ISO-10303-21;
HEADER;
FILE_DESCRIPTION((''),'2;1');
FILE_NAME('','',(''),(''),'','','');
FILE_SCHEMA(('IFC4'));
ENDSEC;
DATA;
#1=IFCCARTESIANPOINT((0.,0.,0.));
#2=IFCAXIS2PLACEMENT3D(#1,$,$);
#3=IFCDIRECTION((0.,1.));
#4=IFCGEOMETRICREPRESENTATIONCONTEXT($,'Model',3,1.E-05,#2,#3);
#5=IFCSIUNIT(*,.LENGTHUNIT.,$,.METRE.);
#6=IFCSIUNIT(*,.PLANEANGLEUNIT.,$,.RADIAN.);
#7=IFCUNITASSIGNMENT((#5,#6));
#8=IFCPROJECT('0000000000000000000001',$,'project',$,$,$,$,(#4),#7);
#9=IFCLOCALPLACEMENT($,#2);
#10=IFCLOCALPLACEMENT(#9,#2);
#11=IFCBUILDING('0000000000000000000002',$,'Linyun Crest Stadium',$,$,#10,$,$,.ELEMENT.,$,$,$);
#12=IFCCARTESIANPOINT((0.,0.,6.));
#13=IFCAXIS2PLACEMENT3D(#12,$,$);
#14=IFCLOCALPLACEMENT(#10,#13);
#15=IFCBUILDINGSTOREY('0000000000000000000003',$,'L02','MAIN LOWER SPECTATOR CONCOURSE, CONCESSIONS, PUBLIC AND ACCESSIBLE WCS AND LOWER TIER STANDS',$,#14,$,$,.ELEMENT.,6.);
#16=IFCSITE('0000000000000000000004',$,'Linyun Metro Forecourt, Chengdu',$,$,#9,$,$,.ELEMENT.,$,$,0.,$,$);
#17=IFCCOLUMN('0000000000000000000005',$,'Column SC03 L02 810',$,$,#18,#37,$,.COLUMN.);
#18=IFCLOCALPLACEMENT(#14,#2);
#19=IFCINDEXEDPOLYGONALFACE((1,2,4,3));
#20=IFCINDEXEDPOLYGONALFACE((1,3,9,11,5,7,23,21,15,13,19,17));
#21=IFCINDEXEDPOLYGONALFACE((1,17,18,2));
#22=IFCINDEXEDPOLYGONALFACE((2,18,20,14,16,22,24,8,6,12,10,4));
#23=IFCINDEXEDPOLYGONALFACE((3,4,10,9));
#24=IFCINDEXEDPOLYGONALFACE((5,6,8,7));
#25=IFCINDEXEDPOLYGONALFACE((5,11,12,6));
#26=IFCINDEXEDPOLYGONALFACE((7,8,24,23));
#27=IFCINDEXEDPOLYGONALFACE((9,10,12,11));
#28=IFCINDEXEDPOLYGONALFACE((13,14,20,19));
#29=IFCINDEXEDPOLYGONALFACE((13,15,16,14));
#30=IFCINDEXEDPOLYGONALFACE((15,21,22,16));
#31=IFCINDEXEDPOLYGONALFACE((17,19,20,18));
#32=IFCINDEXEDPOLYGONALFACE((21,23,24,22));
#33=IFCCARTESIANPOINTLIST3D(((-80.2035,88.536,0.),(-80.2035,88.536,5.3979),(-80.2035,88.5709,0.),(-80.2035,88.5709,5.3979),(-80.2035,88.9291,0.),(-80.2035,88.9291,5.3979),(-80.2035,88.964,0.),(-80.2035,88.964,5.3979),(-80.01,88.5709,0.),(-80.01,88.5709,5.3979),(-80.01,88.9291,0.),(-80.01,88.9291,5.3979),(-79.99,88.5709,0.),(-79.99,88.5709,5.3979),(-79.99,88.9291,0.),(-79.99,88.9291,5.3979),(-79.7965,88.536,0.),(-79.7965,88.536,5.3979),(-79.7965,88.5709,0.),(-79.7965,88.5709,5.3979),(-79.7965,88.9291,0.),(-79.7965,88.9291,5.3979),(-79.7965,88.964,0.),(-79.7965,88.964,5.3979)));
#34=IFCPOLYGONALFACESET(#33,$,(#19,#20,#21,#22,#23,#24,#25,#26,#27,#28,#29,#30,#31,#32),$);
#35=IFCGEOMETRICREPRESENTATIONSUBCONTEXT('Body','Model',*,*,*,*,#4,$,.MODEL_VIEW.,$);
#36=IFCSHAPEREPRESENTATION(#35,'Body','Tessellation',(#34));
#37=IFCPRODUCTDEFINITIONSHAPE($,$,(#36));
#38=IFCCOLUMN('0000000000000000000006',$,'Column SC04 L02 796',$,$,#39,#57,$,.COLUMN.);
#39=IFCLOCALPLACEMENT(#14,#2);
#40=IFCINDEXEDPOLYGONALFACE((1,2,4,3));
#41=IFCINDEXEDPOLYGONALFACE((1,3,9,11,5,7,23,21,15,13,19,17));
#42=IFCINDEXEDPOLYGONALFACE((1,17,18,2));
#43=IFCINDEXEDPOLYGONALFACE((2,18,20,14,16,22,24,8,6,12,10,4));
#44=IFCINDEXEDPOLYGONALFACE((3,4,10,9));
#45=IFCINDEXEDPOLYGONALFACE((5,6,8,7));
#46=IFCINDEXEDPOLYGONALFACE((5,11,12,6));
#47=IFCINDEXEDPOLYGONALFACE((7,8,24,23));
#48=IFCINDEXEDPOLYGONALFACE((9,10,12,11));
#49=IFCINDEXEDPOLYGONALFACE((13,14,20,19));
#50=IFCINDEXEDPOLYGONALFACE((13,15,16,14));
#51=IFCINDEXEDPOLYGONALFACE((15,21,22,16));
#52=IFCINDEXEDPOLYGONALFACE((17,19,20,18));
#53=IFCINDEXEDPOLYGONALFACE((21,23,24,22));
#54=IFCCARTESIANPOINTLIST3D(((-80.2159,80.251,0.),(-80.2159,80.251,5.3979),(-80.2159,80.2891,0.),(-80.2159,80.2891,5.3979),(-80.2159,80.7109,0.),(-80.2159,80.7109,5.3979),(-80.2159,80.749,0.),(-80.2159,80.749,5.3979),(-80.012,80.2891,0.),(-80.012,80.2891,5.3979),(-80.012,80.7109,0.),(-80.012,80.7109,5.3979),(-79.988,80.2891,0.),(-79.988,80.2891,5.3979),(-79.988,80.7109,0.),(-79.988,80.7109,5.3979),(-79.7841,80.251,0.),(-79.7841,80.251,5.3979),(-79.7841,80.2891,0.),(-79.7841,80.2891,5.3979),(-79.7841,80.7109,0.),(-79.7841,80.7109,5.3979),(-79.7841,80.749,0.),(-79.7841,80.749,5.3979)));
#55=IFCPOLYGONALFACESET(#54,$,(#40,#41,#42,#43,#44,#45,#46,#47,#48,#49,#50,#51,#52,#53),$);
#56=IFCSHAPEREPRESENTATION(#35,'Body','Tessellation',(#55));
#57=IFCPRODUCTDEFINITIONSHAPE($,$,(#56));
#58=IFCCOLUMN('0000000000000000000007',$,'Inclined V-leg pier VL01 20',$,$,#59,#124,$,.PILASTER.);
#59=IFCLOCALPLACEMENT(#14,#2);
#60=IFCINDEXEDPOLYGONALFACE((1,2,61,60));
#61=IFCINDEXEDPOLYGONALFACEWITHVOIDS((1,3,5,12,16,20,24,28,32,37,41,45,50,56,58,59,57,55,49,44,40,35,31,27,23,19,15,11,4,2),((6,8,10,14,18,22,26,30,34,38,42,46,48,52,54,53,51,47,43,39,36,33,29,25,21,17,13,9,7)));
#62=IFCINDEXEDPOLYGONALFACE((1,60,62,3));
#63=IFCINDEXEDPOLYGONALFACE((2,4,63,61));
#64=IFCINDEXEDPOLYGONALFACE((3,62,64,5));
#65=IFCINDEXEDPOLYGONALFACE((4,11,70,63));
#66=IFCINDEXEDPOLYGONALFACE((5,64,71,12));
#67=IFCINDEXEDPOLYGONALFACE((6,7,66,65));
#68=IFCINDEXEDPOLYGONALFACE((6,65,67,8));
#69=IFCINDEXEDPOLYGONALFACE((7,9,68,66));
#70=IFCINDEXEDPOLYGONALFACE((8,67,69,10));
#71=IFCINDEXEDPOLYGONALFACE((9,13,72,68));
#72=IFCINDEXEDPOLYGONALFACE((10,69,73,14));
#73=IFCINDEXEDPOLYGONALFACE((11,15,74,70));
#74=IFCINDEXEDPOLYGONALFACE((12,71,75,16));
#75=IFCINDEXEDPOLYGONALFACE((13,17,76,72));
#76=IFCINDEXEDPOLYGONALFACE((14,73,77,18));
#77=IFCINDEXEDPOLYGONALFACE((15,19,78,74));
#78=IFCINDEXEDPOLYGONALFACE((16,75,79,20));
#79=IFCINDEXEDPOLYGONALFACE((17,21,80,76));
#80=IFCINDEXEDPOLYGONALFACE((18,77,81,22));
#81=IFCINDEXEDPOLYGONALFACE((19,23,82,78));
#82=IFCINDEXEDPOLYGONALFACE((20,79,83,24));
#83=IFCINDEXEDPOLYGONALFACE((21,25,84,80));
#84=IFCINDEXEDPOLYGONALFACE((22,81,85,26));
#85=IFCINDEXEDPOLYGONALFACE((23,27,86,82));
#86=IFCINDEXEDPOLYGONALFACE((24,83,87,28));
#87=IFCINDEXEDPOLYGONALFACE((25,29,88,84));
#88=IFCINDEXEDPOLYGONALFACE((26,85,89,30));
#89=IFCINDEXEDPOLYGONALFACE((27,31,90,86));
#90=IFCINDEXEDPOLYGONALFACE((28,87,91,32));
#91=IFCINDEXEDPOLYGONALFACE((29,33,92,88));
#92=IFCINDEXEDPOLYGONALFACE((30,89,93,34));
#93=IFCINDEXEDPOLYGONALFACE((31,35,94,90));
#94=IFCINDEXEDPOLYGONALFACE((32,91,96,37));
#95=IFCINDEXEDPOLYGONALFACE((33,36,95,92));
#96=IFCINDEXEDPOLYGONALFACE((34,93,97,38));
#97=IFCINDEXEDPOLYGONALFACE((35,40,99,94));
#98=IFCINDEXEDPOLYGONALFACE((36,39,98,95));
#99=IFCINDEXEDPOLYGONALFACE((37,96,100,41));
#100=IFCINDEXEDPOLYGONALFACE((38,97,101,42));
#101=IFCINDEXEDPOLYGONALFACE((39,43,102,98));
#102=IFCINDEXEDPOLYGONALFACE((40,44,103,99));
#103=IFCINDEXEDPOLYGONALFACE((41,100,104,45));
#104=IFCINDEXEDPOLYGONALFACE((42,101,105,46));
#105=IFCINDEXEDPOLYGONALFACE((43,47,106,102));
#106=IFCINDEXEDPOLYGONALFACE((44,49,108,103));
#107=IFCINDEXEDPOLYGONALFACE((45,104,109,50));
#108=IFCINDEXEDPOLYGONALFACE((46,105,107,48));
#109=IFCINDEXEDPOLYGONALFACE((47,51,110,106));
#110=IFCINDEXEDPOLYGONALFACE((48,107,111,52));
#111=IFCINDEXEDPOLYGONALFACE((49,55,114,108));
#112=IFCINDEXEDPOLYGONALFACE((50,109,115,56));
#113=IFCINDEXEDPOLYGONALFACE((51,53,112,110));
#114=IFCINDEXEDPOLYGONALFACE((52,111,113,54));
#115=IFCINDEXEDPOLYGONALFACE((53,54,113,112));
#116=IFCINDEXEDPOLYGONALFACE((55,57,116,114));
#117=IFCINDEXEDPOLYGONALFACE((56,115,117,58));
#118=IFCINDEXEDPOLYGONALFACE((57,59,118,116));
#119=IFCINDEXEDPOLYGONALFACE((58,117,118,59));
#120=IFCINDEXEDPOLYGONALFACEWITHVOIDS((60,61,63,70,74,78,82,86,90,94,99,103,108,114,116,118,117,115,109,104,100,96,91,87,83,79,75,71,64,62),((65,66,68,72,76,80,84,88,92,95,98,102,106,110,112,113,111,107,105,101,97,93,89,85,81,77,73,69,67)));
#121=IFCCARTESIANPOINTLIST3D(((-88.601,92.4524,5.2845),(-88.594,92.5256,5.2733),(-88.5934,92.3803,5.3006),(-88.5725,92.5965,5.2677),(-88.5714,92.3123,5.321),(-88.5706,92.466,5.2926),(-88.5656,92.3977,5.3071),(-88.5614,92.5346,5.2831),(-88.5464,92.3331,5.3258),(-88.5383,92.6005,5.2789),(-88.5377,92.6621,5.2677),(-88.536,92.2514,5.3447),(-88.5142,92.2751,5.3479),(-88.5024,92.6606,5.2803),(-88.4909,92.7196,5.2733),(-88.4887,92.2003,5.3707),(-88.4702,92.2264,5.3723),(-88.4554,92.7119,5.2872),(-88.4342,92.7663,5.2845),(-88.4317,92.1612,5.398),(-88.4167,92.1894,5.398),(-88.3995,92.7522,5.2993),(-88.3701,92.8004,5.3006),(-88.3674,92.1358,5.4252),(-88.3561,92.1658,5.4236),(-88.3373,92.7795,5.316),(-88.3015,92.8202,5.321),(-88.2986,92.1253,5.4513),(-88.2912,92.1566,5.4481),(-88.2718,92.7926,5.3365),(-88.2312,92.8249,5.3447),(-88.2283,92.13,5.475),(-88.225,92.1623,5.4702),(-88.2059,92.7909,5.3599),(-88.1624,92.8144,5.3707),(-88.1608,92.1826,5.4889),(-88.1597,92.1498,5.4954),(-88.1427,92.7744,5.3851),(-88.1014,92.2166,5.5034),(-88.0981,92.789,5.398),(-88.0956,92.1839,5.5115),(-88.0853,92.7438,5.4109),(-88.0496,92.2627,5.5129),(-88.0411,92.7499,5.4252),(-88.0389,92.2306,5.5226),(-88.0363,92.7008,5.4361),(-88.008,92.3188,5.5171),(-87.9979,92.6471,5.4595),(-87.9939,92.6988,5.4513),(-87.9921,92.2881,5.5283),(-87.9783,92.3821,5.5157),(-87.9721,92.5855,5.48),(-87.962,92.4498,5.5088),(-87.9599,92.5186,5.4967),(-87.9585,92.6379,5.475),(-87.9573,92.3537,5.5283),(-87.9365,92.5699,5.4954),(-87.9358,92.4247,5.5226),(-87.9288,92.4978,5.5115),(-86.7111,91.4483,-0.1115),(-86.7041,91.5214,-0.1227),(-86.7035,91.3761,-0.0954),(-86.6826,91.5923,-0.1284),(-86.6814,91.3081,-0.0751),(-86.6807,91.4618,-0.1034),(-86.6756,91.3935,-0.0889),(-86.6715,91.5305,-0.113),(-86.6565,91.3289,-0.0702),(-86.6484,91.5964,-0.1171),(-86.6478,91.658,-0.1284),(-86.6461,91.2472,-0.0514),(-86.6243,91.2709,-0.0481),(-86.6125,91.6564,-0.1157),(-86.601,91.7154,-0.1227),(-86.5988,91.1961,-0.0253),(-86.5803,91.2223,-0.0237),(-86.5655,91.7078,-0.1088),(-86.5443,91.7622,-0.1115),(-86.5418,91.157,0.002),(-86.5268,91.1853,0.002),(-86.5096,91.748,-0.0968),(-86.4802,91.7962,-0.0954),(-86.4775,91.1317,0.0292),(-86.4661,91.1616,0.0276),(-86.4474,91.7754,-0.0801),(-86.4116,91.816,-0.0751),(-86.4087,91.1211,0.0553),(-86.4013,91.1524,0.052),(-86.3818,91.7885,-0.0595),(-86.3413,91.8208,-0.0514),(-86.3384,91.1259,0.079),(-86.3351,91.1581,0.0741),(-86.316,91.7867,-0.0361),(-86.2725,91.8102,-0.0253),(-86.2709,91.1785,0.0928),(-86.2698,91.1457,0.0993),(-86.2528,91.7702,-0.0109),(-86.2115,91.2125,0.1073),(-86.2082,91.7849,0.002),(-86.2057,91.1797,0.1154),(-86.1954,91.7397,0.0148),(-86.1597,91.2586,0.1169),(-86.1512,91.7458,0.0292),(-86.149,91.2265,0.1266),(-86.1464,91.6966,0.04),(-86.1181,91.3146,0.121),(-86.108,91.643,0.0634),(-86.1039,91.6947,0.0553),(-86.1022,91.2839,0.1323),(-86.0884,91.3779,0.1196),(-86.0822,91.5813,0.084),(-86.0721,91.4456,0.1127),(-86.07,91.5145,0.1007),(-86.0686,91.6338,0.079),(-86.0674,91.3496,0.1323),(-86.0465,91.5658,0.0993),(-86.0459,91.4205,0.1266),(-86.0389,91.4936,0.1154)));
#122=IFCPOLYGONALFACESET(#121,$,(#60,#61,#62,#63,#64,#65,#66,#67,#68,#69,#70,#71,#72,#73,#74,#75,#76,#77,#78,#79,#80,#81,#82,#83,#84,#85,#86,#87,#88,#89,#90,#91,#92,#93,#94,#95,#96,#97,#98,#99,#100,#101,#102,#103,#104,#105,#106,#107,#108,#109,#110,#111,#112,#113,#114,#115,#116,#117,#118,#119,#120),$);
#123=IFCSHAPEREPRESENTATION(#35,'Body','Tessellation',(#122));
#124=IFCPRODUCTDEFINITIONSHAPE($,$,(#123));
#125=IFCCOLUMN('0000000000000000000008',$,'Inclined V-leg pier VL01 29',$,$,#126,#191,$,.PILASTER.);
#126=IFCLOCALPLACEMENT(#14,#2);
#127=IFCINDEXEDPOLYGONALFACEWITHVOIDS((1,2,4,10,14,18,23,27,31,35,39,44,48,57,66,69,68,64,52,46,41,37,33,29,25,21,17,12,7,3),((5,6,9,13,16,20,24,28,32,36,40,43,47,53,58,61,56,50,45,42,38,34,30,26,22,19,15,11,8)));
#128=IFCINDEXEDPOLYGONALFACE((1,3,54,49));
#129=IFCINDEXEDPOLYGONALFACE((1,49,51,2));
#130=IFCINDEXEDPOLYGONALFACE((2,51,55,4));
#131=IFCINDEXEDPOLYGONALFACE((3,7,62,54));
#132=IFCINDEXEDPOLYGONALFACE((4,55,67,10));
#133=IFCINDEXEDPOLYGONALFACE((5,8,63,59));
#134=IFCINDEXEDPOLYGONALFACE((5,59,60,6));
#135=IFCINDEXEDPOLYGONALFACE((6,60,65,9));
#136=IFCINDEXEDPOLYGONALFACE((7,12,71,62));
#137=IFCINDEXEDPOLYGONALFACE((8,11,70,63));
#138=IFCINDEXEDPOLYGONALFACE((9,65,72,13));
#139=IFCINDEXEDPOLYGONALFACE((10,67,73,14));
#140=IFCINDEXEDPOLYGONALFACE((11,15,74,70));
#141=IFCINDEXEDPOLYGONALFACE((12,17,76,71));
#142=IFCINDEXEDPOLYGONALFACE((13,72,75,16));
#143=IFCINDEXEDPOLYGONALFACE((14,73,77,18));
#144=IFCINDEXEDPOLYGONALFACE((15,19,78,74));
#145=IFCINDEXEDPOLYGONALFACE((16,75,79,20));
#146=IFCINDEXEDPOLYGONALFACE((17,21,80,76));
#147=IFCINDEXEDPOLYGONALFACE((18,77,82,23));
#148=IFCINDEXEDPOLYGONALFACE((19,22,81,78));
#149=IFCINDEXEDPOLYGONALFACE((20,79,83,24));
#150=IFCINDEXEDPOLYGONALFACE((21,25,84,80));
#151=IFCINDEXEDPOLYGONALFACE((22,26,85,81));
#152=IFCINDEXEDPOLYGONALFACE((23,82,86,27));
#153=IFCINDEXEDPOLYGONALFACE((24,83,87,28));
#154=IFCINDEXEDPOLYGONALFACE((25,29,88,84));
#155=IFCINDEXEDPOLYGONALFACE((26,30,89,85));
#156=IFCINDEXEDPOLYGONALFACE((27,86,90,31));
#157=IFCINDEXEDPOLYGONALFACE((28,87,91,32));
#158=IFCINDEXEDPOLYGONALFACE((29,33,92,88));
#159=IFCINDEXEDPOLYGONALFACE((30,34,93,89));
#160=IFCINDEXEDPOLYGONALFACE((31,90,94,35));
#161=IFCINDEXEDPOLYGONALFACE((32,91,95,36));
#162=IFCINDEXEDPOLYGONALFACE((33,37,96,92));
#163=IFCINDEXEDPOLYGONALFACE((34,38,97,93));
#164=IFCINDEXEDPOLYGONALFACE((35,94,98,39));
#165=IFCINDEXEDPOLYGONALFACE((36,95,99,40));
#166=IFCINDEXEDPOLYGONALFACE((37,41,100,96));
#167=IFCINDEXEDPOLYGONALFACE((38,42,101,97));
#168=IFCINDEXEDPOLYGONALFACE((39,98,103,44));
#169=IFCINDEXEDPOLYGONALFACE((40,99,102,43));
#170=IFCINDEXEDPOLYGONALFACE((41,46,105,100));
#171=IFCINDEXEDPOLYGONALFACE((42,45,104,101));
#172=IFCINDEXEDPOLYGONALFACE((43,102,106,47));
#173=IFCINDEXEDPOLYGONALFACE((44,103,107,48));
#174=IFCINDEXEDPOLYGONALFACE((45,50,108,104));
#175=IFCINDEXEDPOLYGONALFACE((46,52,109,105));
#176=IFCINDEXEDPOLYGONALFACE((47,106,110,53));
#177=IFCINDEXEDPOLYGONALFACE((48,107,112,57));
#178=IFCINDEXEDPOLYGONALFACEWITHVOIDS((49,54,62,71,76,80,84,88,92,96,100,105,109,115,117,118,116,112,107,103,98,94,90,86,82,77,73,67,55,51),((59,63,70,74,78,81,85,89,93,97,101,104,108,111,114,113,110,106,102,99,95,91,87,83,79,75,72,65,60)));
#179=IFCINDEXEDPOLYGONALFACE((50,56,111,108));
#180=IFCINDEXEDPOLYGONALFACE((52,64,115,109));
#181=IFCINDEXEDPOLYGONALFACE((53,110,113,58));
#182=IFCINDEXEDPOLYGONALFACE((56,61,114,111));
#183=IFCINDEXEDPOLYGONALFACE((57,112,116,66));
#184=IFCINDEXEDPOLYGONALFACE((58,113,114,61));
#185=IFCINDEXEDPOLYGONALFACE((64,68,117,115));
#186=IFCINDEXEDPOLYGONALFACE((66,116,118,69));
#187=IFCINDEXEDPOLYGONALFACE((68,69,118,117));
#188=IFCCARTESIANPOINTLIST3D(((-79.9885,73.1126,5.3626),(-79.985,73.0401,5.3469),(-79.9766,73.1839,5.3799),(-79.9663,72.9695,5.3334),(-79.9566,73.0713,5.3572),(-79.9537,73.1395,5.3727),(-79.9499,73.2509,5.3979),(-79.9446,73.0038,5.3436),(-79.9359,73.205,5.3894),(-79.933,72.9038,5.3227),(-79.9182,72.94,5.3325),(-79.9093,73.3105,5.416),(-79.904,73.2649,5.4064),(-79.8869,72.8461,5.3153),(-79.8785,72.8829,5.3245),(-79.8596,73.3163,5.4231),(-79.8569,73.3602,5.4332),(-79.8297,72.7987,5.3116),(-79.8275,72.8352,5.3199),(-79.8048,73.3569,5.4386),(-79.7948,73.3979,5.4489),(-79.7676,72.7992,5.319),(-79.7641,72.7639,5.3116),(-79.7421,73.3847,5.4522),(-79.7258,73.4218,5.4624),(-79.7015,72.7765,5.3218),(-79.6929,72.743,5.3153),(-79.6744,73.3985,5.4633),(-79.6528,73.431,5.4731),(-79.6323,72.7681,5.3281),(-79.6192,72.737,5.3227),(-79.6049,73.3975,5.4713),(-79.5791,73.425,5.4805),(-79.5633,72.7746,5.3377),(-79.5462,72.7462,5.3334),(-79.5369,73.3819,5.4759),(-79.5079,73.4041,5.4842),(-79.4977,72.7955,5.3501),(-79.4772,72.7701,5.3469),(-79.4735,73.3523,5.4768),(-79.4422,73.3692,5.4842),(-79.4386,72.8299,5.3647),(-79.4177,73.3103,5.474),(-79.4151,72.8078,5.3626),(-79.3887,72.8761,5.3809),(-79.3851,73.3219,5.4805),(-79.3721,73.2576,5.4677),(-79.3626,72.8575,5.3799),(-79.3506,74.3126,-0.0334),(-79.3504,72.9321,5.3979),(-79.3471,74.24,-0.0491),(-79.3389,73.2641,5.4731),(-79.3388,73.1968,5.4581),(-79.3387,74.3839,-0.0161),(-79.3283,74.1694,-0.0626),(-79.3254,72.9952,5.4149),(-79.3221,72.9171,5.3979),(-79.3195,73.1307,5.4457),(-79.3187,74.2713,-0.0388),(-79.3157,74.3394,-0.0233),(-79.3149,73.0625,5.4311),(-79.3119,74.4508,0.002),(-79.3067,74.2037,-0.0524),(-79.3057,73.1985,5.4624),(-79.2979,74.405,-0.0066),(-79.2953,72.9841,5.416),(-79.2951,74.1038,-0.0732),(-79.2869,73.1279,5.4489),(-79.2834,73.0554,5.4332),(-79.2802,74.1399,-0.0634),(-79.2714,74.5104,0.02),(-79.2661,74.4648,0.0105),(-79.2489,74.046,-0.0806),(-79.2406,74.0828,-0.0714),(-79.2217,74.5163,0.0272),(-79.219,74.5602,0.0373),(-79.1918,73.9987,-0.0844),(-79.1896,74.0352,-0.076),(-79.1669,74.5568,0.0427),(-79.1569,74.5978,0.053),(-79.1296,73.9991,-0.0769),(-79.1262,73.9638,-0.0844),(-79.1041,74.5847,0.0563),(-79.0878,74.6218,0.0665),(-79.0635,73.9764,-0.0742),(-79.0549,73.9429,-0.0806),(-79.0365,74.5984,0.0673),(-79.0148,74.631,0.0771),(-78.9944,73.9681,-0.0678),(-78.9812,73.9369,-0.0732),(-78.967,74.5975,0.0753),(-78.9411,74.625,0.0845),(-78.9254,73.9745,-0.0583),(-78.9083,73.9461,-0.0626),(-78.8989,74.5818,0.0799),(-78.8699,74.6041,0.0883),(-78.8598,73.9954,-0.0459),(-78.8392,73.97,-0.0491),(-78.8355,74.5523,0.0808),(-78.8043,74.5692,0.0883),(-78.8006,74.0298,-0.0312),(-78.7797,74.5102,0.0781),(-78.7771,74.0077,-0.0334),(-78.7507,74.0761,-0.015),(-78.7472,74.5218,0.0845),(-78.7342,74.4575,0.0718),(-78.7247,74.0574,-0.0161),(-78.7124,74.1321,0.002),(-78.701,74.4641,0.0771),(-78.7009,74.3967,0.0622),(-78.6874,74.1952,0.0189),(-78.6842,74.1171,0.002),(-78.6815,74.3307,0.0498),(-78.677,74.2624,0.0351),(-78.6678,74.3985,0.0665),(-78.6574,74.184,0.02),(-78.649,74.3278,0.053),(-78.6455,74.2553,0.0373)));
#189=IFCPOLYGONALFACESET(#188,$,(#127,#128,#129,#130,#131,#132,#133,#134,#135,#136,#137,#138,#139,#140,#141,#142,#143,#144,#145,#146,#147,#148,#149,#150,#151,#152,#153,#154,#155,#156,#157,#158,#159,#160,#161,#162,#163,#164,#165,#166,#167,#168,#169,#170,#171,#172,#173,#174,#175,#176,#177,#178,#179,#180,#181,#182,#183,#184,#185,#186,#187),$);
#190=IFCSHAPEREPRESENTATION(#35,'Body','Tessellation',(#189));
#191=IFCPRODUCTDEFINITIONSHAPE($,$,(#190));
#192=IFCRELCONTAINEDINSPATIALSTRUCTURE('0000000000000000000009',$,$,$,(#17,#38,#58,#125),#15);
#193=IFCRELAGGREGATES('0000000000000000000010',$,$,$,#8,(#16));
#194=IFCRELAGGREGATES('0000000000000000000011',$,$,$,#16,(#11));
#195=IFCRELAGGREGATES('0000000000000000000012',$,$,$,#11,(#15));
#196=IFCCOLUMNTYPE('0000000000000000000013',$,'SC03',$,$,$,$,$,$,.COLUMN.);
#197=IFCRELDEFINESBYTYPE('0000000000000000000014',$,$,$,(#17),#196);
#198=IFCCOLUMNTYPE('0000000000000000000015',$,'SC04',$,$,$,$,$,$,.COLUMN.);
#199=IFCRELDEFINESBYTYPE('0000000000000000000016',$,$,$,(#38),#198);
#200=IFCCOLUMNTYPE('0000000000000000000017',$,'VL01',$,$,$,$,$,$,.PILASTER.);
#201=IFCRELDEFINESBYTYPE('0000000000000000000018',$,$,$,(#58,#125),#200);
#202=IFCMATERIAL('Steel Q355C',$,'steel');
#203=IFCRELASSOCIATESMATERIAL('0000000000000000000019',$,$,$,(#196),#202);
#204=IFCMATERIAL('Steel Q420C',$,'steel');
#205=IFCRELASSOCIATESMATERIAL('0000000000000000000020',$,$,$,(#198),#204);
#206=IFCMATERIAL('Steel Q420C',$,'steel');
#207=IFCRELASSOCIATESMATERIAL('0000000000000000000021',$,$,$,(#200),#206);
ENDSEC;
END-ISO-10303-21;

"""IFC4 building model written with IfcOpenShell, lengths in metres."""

from ifc_helpers import new_model, si_unit, direction, frame, origin, origin_2d, place, context, subcontext, project, spatial, hollow_circle, i_section, extrude, material, material_profile, profile_set, type_object, element, save


model = new_model("IFC4")

# Units and contexts
model_context = context("Model", 3, precision=1e-05, world=origin(), true_north=direction((0.0, 1.0)))
body_context = subcontext(model_context, "Body", "Model", "MODEL_VIEW")
ifc_project = project(units=[si_unit("LENGTHUNIT", "METRE"), si_unit("PLANEANGLEUNIT", "RADIAN")], contexts=[model_context])

# Site, building, storey
site_placement = place(None, origin())
site = spatial("IfcSite", under=ifc_project, at=site_placement, Name="Linyun Metro Forecourt, Chengdu", CompositionType="ELEMENT", RefElevation=0.0)
building_placement = place(site_placement, origin())
building = spatial("IfcBuilding", under=site, at=building_placement, Name="Linyun Crest Stadium", CompositionType="ELEMENT")
storey_placement = place(building_placement, frame((0.0, 0.0, 6.0)))
storey = spatial("IfcBuildingStorey", under=building, at=storey_placement, Name="L02", Description="MAIN LOWER SPECTATOR CONCOURSE, CONCESSIONS, PUBLIC AND ACCESSIBLE WCS AND LOWER TIER STANDS", CompositionType="ELEMENT", Elevation=6.0)

# Columns
ifc_material_1 = material(Name="Steel Q355C", Category="steel")
ifc_material_profile_1 = material_profile(ifc_material_1, i_section(OverallWidth=0.407, OverallDepth=0.428, WebThickness=0.02, FlangeThickness=0.0349, at=origin_2d()), Name="HW 428x407")
ifc_profile_set_1 = profile_set([ifc_material_profile_1], Name="Steel Q355C")
column_type_1 = type_object("IfcColumnType", Name="SC03", PredefinedType="COLUMN", material=ifc_profile_set_1)
column_1_placement = place(storey_placement, frame((-80.0, 88.75, 0.0), z_axis=(0.0, 0.0, 1.0), x_axis=(1.0, 0.0, 0.0)))
element("IfcColumn", 1, at=column_1_placement, inside=storey, type_object=column_type_1, Name="Column SC03 L02 810", PredefinedType="COLUMN", context=body_context, shape_type="SweptSolid", body=[
    extrude(i_section(OverallWidth=0.407, OverallDepth=0.428, WebThickness=0.02, FlangeThickness=0.0349, at=origin_2d()), origin(), (0.0, 0.0, 1.0), 5.3979),
])
ifc_material_2 = material(Name="Steel Q420C", Category="steel")
ifc_material_profile_2 = material_profile(ifc_material_2, i_section(OverallWidth=0.4319, OverallDepth=0.498, WebThickness=0.0239, FlangeThickness=0.0381, at=origin_2d()), Name="HW 498x432")
ifc_profile_set_2 = profile_set([ifc_material_profile_2], Name="Steel Q420C")
column_type_2 = type_object("IfcColumnType", Name="SC04", PredefinedType="COLUMN", material=ifc_profile_set_2)
column_2_placement = place(storey_placement, frame((-80.0, 80.5, 0.0), z_axis=(0.0, 0.0, 1.0), x_axis=(1.0, 0.0, 0.0)))
element("IfcColumn", 2, at=column_2_placement, inside=storey, type_object=column_type_2, Name="Column SC04 L02 796", PredefinedType="COLUMN", context=body_context, shape_type="SweptSolid", body=[
    extrude(i_section(OverallWidth=0.4319, OverallDepth=0.498, WebThickness=0.0239, FlangeThickness=0.0381, at=origin_2d()), origin(), (0.0, 0.0, 1.0), 5.3979),
])
ifc_material_3 = material(Name="Steel Q420C", Category="steel")
ifc_material_profile_3 = material_profile(ifc_material_3, hollow_circle(Radius=0.3555, WallThickness=0.032, at=origin_2d()), Name="CHS 711x32")
ifc_profile_set_3 = profile_set([ifc_material_profile_3], Name="Steel Q420C")
column_type_3 = type_object("IfcColumnType", Name="VL01", PredefinedType="PILASTER", material=ifc_profile_set_3)
column_3_placement = place(storey_placement, frame((-86.375, 91.4709, 0.002), z_axis=(-0.325569, 0.172983, 0.92956), x_axis=(-0.469208, -0.883088, 0.0)))
element("IfcColumn", 3, at=column_3_placement, inside=storey, type_object=column_type_3, Name="Inclined V-leg pier VL01 20", PredefinedType="PILASTER", context=body_context, shape_type="SweptSolid", body=[
    extrude(hollow_circle(Radius=0.3555, WallThickness=0.032, at=origin_2d()), origin(), (0.0, 0.0, 1.0), 5.8049),
])
column_4_placement = place(storey_placement, frame((-78.998, 74.2839, 0.002), z_axis=(-0.114645, -0.215644, 0.969719), x_axis=(0.882974, -0.469422, 0.0)))
element("IfcColumn", 4, at=column_4_placement, inside=storey, type_object=column_type_3, Name="Inclined V-leg pier VL01 29", PredefinedType="PILASTER", context=body_context, shape_type="SweptSolid", body=[
    extrude(hollow_circle(Radius=0.3555, WallThickness=0.032, at=origin_2d()), origin(), (0.0, 0.0, 1.0), 5.5645),
])

save(model, "model.ifc")
